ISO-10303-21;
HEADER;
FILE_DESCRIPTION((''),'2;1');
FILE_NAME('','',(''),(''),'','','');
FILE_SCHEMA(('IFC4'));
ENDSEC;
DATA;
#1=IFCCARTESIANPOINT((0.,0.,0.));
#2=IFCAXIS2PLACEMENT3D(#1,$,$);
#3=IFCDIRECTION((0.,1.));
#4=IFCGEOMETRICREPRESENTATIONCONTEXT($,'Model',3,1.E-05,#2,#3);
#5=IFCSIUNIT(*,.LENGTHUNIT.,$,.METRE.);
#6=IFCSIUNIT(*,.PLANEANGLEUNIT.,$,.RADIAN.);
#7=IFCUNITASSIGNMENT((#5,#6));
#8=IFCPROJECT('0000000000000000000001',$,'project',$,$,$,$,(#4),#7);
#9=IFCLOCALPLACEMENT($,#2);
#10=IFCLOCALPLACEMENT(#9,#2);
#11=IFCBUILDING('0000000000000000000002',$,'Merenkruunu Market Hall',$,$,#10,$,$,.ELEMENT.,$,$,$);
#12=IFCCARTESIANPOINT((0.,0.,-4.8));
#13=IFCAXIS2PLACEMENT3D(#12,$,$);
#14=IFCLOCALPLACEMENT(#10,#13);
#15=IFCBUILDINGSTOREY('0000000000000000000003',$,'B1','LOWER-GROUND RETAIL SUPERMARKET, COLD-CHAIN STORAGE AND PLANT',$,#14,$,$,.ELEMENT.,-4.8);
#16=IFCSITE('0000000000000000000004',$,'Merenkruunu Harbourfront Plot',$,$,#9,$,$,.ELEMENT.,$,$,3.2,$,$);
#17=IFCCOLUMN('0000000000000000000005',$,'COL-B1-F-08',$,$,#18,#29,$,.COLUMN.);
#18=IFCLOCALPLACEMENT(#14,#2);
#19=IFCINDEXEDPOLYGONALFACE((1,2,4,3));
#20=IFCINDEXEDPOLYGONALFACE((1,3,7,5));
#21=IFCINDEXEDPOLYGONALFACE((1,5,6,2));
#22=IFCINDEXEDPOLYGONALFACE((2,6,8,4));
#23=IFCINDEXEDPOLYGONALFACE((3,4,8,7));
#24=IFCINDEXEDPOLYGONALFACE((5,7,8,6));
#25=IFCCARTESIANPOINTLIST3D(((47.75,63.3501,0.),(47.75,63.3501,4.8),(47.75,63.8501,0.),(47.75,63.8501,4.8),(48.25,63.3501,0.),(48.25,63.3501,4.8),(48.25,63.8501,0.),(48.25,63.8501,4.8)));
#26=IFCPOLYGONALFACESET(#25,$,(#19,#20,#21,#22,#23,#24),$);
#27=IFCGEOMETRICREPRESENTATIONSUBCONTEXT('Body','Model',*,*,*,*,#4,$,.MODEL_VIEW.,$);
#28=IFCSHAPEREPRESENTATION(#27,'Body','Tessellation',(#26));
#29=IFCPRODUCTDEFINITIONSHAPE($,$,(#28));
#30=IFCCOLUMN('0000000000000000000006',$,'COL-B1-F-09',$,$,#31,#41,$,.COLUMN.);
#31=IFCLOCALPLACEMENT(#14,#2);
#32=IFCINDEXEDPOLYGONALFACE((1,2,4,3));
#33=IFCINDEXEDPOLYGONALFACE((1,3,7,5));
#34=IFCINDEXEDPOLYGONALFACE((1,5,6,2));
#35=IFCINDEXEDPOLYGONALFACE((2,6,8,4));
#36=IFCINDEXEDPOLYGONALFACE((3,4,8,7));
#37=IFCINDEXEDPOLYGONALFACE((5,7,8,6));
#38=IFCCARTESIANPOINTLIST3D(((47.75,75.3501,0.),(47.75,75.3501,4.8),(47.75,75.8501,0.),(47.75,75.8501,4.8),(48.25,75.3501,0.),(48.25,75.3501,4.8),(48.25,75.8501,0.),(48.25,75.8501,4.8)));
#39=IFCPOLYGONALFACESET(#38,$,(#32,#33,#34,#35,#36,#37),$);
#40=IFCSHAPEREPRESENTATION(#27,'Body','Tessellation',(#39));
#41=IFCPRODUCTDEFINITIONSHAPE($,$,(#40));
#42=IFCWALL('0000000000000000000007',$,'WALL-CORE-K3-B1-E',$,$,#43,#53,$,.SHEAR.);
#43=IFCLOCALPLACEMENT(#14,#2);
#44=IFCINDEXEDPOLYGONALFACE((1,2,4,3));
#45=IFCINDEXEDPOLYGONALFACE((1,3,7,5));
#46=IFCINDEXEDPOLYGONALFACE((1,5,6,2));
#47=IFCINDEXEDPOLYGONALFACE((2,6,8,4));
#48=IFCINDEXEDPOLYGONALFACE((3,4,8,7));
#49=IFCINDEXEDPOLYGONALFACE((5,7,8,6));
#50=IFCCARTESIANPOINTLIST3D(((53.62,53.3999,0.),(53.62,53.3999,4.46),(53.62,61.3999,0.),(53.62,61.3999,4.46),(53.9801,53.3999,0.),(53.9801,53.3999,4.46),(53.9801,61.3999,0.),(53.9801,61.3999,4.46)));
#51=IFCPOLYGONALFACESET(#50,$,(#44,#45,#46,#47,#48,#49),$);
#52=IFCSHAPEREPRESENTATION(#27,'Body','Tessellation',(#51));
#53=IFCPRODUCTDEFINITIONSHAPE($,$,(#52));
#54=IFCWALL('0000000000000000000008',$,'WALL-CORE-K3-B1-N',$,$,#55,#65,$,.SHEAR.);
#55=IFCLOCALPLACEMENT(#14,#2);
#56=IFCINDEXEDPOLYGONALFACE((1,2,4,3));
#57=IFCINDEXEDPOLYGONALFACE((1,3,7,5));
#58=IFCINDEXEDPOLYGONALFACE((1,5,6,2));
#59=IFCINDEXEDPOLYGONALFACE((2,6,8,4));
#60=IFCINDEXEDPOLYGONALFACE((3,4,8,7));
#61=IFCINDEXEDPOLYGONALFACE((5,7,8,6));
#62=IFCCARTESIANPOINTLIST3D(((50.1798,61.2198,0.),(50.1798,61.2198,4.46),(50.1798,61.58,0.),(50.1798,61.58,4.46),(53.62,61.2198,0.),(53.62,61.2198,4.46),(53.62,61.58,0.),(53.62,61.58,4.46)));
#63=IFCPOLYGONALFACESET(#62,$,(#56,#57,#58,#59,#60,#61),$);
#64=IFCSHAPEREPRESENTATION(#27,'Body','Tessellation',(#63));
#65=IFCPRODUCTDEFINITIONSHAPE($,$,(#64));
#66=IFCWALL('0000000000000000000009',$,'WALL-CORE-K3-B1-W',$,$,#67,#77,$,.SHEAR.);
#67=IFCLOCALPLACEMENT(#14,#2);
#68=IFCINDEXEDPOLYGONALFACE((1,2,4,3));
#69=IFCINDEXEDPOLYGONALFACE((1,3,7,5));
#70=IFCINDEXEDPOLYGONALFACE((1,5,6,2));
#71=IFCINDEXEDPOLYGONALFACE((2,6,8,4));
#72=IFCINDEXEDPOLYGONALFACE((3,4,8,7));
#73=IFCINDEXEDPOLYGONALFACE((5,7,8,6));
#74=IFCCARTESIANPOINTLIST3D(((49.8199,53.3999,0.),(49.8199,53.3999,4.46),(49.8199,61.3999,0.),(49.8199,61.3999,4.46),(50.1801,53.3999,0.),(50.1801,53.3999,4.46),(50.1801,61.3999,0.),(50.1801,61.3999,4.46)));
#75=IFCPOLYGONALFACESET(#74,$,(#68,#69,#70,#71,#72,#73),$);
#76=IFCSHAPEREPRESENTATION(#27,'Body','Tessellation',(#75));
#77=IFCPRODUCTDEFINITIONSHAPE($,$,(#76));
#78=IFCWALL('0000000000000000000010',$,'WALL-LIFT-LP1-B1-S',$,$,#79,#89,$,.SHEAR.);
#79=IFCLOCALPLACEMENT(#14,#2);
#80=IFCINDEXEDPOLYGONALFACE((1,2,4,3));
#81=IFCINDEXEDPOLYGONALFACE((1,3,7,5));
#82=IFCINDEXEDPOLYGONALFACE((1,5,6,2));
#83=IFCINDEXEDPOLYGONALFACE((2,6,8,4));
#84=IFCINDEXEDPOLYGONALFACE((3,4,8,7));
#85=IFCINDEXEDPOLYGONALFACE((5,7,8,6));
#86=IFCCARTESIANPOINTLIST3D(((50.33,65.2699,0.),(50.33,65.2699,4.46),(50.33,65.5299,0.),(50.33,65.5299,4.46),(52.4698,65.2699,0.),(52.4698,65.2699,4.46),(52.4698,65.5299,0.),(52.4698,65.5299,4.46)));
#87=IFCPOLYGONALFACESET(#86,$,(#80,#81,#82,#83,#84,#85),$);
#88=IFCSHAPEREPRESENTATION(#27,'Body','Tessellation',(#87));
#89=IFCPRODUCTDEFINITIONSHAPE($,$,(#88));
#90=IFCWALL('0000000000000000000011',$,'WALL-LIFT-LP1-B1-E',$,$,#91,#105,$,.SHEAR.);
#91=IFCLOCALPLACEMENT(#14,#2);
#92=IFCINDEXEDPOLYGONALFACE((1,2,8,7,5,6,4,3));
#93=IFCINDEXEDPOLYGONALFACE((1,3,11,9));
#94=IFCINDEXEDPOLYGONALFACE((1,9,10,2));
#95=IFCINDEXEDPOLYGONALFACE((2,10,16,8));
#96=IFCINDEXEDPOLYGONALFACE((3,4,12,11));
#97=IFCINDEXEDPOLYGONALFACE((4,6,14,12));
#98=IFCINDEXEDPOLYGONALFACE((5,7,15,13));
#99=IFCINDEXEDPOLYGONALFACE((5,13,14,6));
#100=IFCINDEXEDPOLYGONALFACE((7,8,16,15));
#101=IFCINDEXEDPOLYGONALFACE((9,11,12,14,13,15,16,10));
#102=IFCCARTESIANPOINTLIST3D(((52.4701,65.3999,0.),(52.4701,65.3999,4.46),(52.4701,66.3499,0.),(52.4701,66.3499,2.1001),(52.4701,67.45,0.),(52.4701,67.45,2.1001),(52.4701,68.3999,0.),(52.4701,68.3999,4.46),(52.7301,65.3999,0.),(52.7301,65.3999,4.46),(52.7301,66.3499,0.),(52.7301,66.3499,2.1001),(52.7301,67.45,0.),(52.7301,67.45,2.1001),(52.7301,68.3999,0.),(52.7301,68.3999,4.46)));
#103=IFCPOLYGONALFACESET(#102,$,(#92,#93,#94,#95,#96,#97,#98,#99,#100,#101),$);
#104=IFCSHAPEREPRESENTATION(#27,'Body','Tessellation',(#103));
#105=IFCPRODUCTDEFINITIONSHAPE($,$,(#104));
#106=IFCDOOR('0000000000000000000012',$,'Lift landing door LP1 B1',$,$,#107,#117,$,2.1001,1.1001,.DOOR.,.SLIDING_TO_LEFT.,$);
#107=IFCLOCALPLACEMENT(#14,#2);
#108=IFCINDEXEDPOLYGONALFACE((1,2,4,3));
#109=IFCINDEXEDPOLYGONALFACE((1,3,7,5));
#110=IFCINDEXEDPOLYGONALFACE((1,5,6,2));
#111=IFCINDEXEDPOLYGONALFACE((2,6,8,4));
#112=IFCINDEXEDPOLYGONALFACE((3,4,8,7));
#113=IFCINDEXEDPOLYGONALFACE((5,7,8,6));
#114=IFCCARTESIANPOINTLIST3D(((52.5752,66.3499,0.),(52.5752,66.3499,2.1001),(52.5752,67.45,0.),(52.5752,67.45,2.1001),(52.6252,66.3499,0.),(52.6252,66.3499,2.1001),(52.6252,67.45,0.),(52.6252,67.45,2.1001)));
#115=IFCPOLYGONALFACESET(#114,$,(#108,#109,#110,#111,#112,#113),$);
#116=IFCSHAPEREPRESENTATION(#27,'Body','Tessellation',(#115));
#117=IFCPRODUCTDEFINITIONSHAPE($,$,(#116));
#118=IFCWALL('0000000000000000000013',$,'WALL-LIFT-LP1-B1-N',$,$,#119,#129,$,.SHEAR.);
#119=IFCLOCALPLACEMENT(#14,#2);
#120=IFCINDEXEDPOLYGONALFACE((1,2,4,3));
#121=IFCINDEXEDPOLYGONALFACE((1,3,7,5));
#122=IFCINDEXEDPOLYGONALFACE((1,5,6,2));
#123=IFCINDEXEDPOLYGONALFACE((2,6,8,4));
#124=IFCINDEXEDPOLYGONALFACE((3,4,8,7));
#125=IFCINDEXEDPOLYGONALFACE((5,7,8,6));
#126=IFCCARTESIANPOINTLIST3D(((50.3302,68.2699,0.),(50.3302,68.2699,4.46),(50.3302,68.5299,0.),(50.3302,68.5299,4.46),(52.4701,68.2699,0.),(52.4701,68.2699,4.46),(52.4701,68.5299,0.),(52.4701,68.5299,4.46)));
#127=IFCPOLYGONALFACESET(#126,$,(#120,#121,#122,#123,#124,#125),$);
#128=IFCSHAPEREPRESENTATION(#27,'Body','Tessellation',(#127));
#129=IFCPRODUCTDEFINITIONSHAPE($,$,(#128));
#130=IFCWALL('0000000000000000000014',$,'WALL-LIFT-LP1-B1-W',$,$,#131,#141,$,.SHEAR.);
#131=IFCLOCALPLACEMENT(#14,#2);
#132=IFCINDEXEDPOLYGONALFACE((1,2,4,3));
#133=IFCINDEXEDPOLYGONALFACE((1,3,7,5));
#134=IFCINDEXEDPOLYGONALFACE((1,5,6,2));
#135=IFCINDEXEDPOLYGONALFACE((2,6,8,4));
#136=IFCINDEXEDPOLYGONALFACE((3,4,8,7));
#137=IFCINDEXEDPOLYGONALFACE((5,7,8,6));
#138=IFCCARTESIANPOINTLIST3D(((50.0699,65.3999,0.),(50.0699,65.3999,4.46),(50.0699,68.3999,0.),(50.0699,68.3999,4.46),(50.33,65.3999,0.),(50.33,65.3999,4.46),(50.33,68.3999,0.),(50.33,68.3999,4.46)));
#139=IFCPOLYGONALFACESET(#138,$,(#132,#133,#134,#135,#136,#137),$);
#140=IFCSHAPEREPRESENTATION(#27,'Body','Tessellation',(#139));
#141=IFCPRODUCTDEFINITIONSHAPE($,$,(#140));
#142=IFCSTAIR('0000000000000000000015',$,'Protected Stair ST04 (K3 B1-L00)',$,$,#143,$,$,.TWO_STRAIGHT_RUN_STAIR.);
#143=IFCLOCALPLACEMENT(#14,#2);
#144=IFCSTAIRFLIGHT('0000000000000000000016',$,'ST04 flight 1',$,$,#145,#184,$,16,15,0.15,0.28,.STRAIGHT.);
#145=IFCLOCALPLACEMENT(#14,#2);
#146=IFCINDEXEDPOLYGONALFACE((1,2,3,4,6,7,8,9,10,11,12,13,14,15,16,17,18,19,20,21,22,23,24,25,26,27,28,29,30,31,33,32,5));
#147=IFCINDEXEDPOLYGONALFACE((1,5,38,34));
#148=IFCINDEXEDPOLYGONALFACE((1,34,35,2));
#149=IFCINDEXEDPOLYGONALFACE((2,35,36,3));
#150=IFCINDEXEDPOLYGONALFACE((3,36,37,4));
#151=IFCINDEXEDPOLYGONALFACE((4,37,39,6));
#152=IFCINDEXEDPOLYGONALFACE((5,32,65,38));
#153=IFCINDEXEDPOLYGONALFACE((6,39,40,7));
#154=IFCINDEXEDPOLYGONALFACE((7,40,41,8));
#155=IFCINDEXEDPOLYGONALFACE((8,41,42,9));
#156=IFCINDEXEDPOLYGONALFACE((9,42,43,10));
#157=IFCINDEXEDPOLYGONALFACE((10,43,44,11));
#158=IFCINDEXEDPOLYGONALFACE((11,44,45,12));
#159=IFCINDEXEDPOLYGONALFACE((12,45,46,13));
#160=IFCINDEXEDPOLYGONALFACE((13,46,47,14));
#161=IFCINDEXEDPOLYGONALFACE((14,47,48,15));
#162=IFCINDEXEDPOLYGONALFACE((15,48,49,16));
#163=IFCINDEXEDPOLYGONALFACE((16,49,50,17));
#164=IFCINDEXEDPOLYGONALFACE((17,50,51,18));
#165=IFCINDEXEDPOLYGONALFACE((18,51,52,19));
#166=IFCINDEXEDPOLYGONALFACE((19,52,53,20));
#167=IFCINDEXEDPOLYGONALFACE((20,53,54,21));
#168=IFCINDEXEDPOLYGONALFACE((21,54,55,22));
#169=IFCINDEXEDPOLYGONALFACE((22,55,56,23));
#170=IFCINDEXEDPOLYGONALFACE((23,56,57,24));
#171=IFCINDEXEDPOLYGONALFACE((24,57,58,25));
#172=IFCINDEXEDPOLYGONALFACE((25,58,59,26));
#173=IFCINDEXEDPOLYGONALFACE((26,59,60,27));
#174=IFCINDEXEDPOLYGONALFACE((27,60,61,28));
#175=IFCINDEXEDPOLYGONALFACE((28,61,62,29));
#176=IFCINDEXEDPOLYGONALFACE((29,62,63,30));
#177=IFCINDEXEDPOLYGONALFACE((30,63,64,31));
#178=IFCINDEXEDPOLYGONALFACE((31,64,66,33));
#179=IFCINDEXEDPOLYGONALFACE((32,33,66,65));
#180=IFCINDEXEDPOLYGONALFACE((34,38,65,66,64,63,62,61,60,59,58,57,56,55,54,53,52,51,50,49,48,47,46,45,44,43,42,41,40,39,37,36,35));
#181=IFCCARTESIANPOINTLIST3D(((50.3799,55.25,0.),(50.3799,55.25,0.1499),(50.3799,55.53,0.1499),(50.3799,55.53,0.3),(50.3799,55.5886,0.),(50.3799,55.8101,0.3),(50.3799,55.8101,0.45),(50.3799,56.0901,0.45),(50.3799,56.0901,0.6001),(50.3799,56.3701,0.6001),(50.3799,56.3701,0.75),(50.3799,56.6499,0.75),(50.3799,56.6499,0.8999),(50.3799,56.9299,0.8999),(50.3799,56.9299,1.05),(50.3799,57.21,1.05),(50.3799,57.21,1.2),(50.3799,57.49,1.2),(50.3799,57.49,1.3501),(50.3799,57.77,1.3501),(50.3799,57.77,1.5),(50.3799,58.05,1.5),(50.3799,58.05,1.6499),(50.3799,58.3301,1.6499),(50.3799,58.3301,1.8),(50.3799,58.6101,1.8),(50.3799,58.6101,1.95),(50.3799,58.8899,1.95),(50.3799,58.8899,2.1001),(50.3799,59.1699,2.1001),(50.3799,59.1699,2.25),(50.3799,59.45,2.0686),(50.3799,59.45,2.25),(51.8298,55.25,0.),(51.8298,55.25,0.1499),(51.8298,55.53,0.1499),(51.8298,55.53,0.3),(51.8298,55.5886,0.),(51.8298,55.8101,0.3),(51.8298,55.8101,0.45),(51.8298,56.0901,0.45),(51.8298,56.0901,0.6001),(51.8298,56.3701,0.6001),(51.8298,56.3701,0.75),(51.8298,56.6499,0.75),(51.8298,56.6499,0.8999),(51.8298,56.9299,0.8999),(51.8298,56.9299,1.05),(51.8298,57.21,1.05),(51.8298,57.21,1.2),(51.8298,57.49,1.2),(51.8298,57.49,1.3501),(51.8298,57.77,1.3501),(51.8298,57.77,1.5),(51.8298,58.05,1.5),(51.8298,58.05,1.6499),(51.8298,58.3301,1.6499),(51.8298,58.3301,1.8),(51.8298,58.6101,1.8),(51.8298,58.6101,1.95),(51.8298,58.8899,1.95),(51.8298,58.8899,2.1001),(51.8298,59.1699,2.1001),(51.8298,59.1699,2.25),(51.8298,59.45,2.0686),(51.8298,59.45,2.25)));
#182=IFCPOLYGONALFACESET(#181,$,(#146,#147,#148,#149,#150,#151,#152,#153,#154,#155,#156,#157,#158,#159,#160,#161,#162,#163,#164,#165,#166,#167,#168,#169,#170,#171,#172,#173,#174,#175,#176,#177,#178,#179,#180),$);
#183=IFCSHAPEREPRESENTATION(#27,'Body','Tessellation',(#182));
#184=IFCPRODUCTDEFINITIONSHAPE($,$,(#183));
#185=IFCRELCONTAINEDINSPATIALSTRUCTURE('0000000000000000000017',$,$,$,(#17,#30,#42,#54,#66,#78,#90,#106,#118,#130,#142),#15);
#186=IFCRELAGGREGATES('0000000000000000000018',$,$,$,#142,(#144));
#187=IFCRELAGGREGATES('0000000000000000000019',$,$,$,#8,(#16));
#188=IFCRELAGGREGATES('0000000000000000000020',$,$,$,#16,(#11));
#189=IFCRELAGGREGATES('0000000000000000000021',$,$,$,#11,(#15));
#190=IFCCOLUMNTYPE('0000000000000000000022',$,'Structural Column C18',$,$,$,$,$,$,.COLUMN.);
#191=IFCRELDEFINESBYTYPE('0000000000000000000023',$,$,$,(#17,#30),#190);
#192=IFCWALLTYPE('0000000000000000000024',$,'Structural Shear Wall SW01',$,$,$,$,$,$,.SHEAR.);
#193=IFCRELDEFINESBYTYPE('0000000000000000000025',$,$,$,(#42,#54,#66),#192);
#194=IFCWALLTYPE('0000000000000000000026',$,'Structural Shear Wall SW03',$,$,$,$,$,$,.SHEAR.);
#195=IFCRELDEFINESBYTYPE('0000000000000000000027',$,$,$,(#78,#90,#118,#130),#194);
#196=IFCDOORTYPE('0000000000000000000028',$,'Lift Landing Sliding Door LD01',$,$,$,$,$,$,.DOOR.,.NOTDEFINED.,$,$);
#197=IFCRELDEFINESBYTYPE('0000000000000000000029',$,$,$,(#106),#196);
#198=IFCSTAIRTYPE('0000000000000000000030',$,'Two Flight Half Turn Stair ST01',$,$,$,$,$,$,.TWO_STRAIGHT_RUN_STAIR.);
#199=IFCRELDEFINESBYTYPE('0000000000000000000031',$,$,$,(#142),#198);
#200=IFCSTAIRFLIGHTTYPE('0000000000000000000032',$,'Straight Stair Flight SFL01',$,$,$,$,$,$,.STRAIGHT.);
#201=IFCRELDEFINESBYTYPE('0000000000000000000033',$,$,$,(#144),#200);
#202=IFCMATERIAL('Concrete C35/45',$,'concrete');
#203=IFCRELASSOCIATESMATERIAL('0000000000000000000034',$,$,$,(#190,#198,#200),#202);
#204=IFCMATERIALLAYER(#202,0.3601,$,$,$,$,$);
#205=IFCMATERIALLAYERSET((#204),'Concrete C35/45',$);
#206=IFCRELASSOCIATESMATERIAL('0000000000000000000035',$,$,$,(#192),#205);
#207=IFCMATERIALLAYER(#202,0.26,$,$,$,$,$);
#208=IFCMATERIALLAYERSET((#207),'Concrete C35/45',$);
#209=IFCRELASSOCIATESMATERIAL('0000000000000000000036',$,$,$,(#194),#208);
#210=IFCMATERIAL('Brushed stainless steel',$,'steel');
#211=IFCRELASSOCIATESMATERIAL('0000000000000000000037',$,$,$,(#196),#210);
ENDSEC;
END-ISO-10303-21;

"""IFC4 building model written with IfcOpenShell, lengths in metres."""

from ifc_helpers import new_model, si_unit, direction, frame, frame_2d, origin, origin_2d, place, context, subcontext, project, spatial, polyline, rectangle, outline, extrude, material, layer, layer_set, material_profile, profile_set, type_object, element, fill, aggregate, save


model = new_model("IFC4")

# Units and contexts
model_context = context("Model", 3, precision=1e-05, world=origin(), true_north=direction((0.0, 1.0)))
body_context = subcontext(model_context, "Body", "Model", "MODEL_VIEW")
ifc_project = project(units=[si_unit("LENGTHUNIT", "METRE"), si_unit("PLANEANGLEUNIT", "RADIAN")], contexts=[model_context])

# Site, building, storey
site_placement = place(None, origin())
site = spatial("IfcSite", under=ifc_project, at=site_placement, Name="Merenkruunu Harbourfront Plot", CompositionType="ELEMENT", RefElevation=3.2)
building_placement = place(site_placement, origin())
building = spatial("IfcBuilding", under=site, at=building_placement, Name="Merenkruunu Market Hall", CompositionType="ELEMENT")
storey_placement = place(building_placement, frame((0.0, 0.0, -4.8)))
storey = spatial("IfcBuildingStorey", under=building, at=storey_placement, Name="B1", Description="LOWER-GROUND RETAIL SUPERMARKET, COLD-CHAIN STORAGE AND PLANT", CompositionType="ELEMENT", Elevation=-4.8)

# Shared definitions
ifc_material_1 = material(Name="Concrete C35/45", Category="concrete")

# Columns
ifc_material_profile_1 = material_profile(ifc_material_1, rectangle(XDim=0.5, YDim=0.5, at=origin_2d()), Name="RC 500x500")
ifc_profile_set_1 = profile_set([ifc_material_profile_1], Name="Concrete C35/45")
column_type = type_object("IfcColumnType", Name="Structural Column C18", PredefinedType="COLUMN", material=ifc_profile_set_1)
for number, where, z_axis, x_axis, name in (
    (1, (48.0, 63.6001, 0.0), (0.0, 0.0, 1.0), (1.0, 0.0, 0.0), "COL-B1-F-08"),
    (2, (48.0, 75.6001, 0.0), (0.0, 0.0, 1.0), (1.0, 0.0, 0.0), "COL-B1-F-09"),
):
    element("IfcColumn", number, at=place(storey_placement, frame(where, z_axis=z_axis, x_axis=x_axis)), inside=storey, type_object=column_type, Name=name, PredefinedType="COLUMN", context=body_context, shape_type="SweptSolid", body=[
        extrude(rectangle(XDim=0.5, YDim=0.5, at=origin_2d()), origin(), (0.0, 0.0, 1.0), 4.8),
    ])

# Shared definitions
ifc_layer_1 = layer(ifc_material_1, 0.3601)
ifc_layer_set_1 = layer_set([ifc_layer_1], Name="Concrete C35/45")
wall_type_1 = type_object("IfcWallType", Name="Structural Shear Wall SW01", PredefinedType="SHEAR", material=ifc_layer_set_1)

# Walls
wall_1_placement = place(storey_placement, frame((53.8, 53.3999, 0.0), z_axis=(0.0, 0.0, 1.0), x_axis=(0.0, 1.0, 0.0)))
element("IfcWall", 3, at=wall_1_placement, inside=storey, type_object=wall_type_1, Name="WALL-CORE-K3-B1-E", PredefinedType="SHEAR", context=body_context, shape_type="SweptSolid", body=[
    extrude(rectangle(XDim=8.0, YDim=0.3601, at=frame_2d((4.0, 0.0))), origin(), (0.0, 0.0, 1.0), 4.46),
])
wall_2_placement = place(storey_placement, frame((53.6201, 61.3999, 0.0), z_axis=(0.0, 0.0, 1.0), x_axis=(-1.0, 0.0, 0.0)))
element("IfcWall", 4, at=wall_2_placement, inside=storey, type_object=wall_type_1, Name="WALL-CORE-K3-B1-N", PredefinedType="SHEAR", context=body_context, shape_type="SweptSolid", body=[
    extrude(rectangle(XDim=3.4402, YDim=0.3601, at=frame_2d((1.7202, 0.0))), origin(), (0.0, 0.0, 1.0), 4.46),
])
wall_3_placement = place(storey_placement, frame((50.0, 61.3999, 0.0), z_axis=(0.0, 0.0, 1.0), x_axis=(0.0, -1.0, 0.0)))
element("IfcWall", 5, at=wall_3_placement, inside=storey, type_object=wall_type_1, Name="WALL-CORE-K3-B1-W", PredefinedType="SHEAR", context=body_context, shape_type="SweptSolid", body=[
    extrude(rectangle(XDim=8.0, YDim=0.3601, at=frame_2d((4.0, 0.0))), origin(), (0.0, 0.0, 1.0), 4.46),
])
ifc_layer_2 = layer(ifc_material_1, 0.26)
ifc_layer_set_2 = layer_set([ifc_layer_2], Name="Concrete C35/45")
wall_type_2 = type_object("IfcWallType", Name="Structural Shear Wall SW03", PredefinedType="SHEAR", material=ifc_layer_set_2)
wall_4_placement = place(storey_placement, frame((50.3301, 65.3999, 0.0), z_axis=(0.0, 0.0, 1.0), x_axis=(1.0, 0.0, 0.0)))
element("IfcWall", 6, at=wall_4_placement, inside=storey, type_object=wall_type_2, Name="WALL-LIFT-LP1-B1-S", PredefinedType="SHEAR", context=body_context, shape_type="SweptSolid", body=[
    extrude(rectangle(XDim=2.1399, YDim=0.26, at=frame_2d((1.0698, 0.0))), origin(), (0.0, 0.0, 1.0), 4.46),
])

# Wall, opening, door
wall_5_placement = place(storey_placement, frame((52.6001, 65.3999, 0.0), z_axis=(0.0, 0.0, 1.0), x_axis=(0.0, 1.0, 0.0)))
wall_5 = element("IfcWall", 7, at=wall_5_placement, inside=storey, type_object=wall_type_2, Name="WALL-LIFT-LP1-B1-E", PredefinedType="SHEAR", context=body_context, shape_type="SweptSolid", body=[
    extrude(rectangle(XDim=3.0, YDim=0.26, at=frame_2d((1.5, 0.0))), origin(), (0.0, 0.0, 1.0), 4.46),
])
opening_1_placement = place(wall_5_placement, frame((0.95, 0.0, 0.0)))
opening_1 = element("IfcOpeningElement", 8, at=opening_1_placement, cuts=wall_5, PredefinedType="OPENING", context=body_context, shape_type="SweptSolid", body=[
    extrude(rectangle(XDim=1.1001, YDim=2.1001, at=frame_2d((0.55, 1.05))), frame((0.0, 0.1401, 0.0), z_axis=(0.0, -1.0, 0.0), x_axis=(1.0, 0.0, 0.0)), (0.0, 0.0, 1.0), 0.28),
])
ifc_material_2 = material(Name="Brushed stainless steel", Category="steel")
door_type_1 = type_object("IfcDoorType", Name="Lift Landing Sliding Door LD01", OperationType="NOTDEFINED", PredefinedType="DOOR", material=ifc_material_2)
door_1_placement = place(opening_1_placement, origin())
door_1 = element("IfcDoor", 9, at=door_1_placement, inside=storey, type_object=door_type_1, Name="Lift landing door LP1 B1", OperationType="SLIDING_TO_LEFT", OverallHeight=2.1001, OverallWidth=1.1001, PredefinedType="DOOR", context=body_context, shape_type="SweptSolid", body=[
    extrude(rectangle(XDim=1.1001, YDim=2.1001, at=frame_2d((0.55, 1.05))), frame((0.0, 0.0249, 0.0), z_axis=(0.0, -1.0, 0.0), x_axis=(1.0, 0.0, 0.0)), (0.0, 0.0, 1.0), 0.05),
])
fill(opening_1, door_1)

# Walls
wall_6_placement = place(storey_placement, frame((52.47, 68.3999, 0.0), z_axis=(0.0, 0.0, 1.0), x_axis=(-1.0, 0.0, 0.0)))
element("IfcWall", 10, at=wall_6_placement, inside=storey, type_object=wall_type_2, Name="WALL-LIFT-LP1-B1-N", PredefinedType="SHEAR", context=body_context, shape_type="SweptSolid", body=[
    extrude(rectangle(XDim=2.1399, YDim=0.26, at=frame_2d((1.0698, 0.0))), origin(), (0.0, 0.0, 1.0), 4.46),
])
wall_7_placement = place(storey_placement, frame((50.2, 68.3999, 0.0), z_axis=(0.0, 0.0, 1.0), x_axis=(0.0, -1.0, 0.0)))
element("IfcWall", 11, at=wall_7_placement, inside=storey, type_object=wall_type_2, Name="WALL-LIFT-LP1-B1-W", PredefinedType="SHEAR", context=body_context, shape_type="SweptSolid", body=[
    extrude(rectangle(XDim=3.0, YDim=0.26, at=frame_2d((1.5, 0.0))), origin(), (0.0, 0.0, 1.0), 4.46),
])

# Stair, stair flight
stair_type = type_object("IfcStairType", Name="Two Flight Half Turn Stair ST01", PredefinedType="TWO_STRAIGHT_RUN_STAIR", material=ifc_material_1)
stair_placement = place(storey_placement, origin())
stair = element("IfcStair", 12, at=stair_placement, inside=storey, type_object=stair_type, Name="Protected Stair ST04 (K3 B1-L00)", PredefinedType="TWO_STRAIGHT_RUN_STAIR")
stair_flight_type = type_object("IfcStairFlightType", Name="Straight Stair Flight SFL01", PredefinedType="STRAIGHT", material=ifc_material_1)
stair_flight_1_placement = place(storey_placement, frame((51.105, 55.25, 0.0), z_axis=(0.0, 0.0, 1.0), x_axis=(0.0, 1.0, 0.0)))
stair_flight_1 = element("IfcStairFlight", 13, at=stair_flight_1_placement, type_object=stair_flight_type, Name="ST04 flight 1", NumberOfRisers=16, NumberOfTreads=15, PredefinedType="STRAIGHT", RiserHeight=0.15, TreadLength=0.28, context=body_context, shape_type="SweptSolid", body=[
    extrude(outline(polyline([(0.0, 0.0), (0.0, 0.1499), (0.28, 0.1499), (0.28, 0.3), (0.5601, 0.3), (0.5601, 0.45), (0.8401, 0.45), (0.8401, 0.6001), (1.1201, 0.6001), (1.1201, 0.75), (1.3999, 0.75), (1.3999, 0.8999), (1.6799, 0.8999), (1.6799, 1.05), (1.96, 1.05), (1.96, 1.2), (2.24, 1.2), (2.24, 1.3501), (2.52, 1.3501), (2.52, 1.5), (2.8, 1.5), (2.8, 1.6499), (3.0801, 1.6499), (3.0801, 1.8), (3.3601, 1.8), (3.3601, 1.95), (3.6399, 1.95), (3.6399, 2.1001), (3.9199, 2.1001), (3.9199, 2.25), (4.2, 2.25), (4.2, 2.3999), (4.2, 2.0686), (0.3386, 0.0), (0.0, 0.0)])), frame((0.0, 0.7251, 0.0), z_axis=(0.0, -1.0, 0.0), x_axis=(1.0, 0.0, 0.0)), (0.0, 0.0, 1.0), 1.45),
])
aggregate(stair, [stair_flight_1])

save(model, "model.ifc")
